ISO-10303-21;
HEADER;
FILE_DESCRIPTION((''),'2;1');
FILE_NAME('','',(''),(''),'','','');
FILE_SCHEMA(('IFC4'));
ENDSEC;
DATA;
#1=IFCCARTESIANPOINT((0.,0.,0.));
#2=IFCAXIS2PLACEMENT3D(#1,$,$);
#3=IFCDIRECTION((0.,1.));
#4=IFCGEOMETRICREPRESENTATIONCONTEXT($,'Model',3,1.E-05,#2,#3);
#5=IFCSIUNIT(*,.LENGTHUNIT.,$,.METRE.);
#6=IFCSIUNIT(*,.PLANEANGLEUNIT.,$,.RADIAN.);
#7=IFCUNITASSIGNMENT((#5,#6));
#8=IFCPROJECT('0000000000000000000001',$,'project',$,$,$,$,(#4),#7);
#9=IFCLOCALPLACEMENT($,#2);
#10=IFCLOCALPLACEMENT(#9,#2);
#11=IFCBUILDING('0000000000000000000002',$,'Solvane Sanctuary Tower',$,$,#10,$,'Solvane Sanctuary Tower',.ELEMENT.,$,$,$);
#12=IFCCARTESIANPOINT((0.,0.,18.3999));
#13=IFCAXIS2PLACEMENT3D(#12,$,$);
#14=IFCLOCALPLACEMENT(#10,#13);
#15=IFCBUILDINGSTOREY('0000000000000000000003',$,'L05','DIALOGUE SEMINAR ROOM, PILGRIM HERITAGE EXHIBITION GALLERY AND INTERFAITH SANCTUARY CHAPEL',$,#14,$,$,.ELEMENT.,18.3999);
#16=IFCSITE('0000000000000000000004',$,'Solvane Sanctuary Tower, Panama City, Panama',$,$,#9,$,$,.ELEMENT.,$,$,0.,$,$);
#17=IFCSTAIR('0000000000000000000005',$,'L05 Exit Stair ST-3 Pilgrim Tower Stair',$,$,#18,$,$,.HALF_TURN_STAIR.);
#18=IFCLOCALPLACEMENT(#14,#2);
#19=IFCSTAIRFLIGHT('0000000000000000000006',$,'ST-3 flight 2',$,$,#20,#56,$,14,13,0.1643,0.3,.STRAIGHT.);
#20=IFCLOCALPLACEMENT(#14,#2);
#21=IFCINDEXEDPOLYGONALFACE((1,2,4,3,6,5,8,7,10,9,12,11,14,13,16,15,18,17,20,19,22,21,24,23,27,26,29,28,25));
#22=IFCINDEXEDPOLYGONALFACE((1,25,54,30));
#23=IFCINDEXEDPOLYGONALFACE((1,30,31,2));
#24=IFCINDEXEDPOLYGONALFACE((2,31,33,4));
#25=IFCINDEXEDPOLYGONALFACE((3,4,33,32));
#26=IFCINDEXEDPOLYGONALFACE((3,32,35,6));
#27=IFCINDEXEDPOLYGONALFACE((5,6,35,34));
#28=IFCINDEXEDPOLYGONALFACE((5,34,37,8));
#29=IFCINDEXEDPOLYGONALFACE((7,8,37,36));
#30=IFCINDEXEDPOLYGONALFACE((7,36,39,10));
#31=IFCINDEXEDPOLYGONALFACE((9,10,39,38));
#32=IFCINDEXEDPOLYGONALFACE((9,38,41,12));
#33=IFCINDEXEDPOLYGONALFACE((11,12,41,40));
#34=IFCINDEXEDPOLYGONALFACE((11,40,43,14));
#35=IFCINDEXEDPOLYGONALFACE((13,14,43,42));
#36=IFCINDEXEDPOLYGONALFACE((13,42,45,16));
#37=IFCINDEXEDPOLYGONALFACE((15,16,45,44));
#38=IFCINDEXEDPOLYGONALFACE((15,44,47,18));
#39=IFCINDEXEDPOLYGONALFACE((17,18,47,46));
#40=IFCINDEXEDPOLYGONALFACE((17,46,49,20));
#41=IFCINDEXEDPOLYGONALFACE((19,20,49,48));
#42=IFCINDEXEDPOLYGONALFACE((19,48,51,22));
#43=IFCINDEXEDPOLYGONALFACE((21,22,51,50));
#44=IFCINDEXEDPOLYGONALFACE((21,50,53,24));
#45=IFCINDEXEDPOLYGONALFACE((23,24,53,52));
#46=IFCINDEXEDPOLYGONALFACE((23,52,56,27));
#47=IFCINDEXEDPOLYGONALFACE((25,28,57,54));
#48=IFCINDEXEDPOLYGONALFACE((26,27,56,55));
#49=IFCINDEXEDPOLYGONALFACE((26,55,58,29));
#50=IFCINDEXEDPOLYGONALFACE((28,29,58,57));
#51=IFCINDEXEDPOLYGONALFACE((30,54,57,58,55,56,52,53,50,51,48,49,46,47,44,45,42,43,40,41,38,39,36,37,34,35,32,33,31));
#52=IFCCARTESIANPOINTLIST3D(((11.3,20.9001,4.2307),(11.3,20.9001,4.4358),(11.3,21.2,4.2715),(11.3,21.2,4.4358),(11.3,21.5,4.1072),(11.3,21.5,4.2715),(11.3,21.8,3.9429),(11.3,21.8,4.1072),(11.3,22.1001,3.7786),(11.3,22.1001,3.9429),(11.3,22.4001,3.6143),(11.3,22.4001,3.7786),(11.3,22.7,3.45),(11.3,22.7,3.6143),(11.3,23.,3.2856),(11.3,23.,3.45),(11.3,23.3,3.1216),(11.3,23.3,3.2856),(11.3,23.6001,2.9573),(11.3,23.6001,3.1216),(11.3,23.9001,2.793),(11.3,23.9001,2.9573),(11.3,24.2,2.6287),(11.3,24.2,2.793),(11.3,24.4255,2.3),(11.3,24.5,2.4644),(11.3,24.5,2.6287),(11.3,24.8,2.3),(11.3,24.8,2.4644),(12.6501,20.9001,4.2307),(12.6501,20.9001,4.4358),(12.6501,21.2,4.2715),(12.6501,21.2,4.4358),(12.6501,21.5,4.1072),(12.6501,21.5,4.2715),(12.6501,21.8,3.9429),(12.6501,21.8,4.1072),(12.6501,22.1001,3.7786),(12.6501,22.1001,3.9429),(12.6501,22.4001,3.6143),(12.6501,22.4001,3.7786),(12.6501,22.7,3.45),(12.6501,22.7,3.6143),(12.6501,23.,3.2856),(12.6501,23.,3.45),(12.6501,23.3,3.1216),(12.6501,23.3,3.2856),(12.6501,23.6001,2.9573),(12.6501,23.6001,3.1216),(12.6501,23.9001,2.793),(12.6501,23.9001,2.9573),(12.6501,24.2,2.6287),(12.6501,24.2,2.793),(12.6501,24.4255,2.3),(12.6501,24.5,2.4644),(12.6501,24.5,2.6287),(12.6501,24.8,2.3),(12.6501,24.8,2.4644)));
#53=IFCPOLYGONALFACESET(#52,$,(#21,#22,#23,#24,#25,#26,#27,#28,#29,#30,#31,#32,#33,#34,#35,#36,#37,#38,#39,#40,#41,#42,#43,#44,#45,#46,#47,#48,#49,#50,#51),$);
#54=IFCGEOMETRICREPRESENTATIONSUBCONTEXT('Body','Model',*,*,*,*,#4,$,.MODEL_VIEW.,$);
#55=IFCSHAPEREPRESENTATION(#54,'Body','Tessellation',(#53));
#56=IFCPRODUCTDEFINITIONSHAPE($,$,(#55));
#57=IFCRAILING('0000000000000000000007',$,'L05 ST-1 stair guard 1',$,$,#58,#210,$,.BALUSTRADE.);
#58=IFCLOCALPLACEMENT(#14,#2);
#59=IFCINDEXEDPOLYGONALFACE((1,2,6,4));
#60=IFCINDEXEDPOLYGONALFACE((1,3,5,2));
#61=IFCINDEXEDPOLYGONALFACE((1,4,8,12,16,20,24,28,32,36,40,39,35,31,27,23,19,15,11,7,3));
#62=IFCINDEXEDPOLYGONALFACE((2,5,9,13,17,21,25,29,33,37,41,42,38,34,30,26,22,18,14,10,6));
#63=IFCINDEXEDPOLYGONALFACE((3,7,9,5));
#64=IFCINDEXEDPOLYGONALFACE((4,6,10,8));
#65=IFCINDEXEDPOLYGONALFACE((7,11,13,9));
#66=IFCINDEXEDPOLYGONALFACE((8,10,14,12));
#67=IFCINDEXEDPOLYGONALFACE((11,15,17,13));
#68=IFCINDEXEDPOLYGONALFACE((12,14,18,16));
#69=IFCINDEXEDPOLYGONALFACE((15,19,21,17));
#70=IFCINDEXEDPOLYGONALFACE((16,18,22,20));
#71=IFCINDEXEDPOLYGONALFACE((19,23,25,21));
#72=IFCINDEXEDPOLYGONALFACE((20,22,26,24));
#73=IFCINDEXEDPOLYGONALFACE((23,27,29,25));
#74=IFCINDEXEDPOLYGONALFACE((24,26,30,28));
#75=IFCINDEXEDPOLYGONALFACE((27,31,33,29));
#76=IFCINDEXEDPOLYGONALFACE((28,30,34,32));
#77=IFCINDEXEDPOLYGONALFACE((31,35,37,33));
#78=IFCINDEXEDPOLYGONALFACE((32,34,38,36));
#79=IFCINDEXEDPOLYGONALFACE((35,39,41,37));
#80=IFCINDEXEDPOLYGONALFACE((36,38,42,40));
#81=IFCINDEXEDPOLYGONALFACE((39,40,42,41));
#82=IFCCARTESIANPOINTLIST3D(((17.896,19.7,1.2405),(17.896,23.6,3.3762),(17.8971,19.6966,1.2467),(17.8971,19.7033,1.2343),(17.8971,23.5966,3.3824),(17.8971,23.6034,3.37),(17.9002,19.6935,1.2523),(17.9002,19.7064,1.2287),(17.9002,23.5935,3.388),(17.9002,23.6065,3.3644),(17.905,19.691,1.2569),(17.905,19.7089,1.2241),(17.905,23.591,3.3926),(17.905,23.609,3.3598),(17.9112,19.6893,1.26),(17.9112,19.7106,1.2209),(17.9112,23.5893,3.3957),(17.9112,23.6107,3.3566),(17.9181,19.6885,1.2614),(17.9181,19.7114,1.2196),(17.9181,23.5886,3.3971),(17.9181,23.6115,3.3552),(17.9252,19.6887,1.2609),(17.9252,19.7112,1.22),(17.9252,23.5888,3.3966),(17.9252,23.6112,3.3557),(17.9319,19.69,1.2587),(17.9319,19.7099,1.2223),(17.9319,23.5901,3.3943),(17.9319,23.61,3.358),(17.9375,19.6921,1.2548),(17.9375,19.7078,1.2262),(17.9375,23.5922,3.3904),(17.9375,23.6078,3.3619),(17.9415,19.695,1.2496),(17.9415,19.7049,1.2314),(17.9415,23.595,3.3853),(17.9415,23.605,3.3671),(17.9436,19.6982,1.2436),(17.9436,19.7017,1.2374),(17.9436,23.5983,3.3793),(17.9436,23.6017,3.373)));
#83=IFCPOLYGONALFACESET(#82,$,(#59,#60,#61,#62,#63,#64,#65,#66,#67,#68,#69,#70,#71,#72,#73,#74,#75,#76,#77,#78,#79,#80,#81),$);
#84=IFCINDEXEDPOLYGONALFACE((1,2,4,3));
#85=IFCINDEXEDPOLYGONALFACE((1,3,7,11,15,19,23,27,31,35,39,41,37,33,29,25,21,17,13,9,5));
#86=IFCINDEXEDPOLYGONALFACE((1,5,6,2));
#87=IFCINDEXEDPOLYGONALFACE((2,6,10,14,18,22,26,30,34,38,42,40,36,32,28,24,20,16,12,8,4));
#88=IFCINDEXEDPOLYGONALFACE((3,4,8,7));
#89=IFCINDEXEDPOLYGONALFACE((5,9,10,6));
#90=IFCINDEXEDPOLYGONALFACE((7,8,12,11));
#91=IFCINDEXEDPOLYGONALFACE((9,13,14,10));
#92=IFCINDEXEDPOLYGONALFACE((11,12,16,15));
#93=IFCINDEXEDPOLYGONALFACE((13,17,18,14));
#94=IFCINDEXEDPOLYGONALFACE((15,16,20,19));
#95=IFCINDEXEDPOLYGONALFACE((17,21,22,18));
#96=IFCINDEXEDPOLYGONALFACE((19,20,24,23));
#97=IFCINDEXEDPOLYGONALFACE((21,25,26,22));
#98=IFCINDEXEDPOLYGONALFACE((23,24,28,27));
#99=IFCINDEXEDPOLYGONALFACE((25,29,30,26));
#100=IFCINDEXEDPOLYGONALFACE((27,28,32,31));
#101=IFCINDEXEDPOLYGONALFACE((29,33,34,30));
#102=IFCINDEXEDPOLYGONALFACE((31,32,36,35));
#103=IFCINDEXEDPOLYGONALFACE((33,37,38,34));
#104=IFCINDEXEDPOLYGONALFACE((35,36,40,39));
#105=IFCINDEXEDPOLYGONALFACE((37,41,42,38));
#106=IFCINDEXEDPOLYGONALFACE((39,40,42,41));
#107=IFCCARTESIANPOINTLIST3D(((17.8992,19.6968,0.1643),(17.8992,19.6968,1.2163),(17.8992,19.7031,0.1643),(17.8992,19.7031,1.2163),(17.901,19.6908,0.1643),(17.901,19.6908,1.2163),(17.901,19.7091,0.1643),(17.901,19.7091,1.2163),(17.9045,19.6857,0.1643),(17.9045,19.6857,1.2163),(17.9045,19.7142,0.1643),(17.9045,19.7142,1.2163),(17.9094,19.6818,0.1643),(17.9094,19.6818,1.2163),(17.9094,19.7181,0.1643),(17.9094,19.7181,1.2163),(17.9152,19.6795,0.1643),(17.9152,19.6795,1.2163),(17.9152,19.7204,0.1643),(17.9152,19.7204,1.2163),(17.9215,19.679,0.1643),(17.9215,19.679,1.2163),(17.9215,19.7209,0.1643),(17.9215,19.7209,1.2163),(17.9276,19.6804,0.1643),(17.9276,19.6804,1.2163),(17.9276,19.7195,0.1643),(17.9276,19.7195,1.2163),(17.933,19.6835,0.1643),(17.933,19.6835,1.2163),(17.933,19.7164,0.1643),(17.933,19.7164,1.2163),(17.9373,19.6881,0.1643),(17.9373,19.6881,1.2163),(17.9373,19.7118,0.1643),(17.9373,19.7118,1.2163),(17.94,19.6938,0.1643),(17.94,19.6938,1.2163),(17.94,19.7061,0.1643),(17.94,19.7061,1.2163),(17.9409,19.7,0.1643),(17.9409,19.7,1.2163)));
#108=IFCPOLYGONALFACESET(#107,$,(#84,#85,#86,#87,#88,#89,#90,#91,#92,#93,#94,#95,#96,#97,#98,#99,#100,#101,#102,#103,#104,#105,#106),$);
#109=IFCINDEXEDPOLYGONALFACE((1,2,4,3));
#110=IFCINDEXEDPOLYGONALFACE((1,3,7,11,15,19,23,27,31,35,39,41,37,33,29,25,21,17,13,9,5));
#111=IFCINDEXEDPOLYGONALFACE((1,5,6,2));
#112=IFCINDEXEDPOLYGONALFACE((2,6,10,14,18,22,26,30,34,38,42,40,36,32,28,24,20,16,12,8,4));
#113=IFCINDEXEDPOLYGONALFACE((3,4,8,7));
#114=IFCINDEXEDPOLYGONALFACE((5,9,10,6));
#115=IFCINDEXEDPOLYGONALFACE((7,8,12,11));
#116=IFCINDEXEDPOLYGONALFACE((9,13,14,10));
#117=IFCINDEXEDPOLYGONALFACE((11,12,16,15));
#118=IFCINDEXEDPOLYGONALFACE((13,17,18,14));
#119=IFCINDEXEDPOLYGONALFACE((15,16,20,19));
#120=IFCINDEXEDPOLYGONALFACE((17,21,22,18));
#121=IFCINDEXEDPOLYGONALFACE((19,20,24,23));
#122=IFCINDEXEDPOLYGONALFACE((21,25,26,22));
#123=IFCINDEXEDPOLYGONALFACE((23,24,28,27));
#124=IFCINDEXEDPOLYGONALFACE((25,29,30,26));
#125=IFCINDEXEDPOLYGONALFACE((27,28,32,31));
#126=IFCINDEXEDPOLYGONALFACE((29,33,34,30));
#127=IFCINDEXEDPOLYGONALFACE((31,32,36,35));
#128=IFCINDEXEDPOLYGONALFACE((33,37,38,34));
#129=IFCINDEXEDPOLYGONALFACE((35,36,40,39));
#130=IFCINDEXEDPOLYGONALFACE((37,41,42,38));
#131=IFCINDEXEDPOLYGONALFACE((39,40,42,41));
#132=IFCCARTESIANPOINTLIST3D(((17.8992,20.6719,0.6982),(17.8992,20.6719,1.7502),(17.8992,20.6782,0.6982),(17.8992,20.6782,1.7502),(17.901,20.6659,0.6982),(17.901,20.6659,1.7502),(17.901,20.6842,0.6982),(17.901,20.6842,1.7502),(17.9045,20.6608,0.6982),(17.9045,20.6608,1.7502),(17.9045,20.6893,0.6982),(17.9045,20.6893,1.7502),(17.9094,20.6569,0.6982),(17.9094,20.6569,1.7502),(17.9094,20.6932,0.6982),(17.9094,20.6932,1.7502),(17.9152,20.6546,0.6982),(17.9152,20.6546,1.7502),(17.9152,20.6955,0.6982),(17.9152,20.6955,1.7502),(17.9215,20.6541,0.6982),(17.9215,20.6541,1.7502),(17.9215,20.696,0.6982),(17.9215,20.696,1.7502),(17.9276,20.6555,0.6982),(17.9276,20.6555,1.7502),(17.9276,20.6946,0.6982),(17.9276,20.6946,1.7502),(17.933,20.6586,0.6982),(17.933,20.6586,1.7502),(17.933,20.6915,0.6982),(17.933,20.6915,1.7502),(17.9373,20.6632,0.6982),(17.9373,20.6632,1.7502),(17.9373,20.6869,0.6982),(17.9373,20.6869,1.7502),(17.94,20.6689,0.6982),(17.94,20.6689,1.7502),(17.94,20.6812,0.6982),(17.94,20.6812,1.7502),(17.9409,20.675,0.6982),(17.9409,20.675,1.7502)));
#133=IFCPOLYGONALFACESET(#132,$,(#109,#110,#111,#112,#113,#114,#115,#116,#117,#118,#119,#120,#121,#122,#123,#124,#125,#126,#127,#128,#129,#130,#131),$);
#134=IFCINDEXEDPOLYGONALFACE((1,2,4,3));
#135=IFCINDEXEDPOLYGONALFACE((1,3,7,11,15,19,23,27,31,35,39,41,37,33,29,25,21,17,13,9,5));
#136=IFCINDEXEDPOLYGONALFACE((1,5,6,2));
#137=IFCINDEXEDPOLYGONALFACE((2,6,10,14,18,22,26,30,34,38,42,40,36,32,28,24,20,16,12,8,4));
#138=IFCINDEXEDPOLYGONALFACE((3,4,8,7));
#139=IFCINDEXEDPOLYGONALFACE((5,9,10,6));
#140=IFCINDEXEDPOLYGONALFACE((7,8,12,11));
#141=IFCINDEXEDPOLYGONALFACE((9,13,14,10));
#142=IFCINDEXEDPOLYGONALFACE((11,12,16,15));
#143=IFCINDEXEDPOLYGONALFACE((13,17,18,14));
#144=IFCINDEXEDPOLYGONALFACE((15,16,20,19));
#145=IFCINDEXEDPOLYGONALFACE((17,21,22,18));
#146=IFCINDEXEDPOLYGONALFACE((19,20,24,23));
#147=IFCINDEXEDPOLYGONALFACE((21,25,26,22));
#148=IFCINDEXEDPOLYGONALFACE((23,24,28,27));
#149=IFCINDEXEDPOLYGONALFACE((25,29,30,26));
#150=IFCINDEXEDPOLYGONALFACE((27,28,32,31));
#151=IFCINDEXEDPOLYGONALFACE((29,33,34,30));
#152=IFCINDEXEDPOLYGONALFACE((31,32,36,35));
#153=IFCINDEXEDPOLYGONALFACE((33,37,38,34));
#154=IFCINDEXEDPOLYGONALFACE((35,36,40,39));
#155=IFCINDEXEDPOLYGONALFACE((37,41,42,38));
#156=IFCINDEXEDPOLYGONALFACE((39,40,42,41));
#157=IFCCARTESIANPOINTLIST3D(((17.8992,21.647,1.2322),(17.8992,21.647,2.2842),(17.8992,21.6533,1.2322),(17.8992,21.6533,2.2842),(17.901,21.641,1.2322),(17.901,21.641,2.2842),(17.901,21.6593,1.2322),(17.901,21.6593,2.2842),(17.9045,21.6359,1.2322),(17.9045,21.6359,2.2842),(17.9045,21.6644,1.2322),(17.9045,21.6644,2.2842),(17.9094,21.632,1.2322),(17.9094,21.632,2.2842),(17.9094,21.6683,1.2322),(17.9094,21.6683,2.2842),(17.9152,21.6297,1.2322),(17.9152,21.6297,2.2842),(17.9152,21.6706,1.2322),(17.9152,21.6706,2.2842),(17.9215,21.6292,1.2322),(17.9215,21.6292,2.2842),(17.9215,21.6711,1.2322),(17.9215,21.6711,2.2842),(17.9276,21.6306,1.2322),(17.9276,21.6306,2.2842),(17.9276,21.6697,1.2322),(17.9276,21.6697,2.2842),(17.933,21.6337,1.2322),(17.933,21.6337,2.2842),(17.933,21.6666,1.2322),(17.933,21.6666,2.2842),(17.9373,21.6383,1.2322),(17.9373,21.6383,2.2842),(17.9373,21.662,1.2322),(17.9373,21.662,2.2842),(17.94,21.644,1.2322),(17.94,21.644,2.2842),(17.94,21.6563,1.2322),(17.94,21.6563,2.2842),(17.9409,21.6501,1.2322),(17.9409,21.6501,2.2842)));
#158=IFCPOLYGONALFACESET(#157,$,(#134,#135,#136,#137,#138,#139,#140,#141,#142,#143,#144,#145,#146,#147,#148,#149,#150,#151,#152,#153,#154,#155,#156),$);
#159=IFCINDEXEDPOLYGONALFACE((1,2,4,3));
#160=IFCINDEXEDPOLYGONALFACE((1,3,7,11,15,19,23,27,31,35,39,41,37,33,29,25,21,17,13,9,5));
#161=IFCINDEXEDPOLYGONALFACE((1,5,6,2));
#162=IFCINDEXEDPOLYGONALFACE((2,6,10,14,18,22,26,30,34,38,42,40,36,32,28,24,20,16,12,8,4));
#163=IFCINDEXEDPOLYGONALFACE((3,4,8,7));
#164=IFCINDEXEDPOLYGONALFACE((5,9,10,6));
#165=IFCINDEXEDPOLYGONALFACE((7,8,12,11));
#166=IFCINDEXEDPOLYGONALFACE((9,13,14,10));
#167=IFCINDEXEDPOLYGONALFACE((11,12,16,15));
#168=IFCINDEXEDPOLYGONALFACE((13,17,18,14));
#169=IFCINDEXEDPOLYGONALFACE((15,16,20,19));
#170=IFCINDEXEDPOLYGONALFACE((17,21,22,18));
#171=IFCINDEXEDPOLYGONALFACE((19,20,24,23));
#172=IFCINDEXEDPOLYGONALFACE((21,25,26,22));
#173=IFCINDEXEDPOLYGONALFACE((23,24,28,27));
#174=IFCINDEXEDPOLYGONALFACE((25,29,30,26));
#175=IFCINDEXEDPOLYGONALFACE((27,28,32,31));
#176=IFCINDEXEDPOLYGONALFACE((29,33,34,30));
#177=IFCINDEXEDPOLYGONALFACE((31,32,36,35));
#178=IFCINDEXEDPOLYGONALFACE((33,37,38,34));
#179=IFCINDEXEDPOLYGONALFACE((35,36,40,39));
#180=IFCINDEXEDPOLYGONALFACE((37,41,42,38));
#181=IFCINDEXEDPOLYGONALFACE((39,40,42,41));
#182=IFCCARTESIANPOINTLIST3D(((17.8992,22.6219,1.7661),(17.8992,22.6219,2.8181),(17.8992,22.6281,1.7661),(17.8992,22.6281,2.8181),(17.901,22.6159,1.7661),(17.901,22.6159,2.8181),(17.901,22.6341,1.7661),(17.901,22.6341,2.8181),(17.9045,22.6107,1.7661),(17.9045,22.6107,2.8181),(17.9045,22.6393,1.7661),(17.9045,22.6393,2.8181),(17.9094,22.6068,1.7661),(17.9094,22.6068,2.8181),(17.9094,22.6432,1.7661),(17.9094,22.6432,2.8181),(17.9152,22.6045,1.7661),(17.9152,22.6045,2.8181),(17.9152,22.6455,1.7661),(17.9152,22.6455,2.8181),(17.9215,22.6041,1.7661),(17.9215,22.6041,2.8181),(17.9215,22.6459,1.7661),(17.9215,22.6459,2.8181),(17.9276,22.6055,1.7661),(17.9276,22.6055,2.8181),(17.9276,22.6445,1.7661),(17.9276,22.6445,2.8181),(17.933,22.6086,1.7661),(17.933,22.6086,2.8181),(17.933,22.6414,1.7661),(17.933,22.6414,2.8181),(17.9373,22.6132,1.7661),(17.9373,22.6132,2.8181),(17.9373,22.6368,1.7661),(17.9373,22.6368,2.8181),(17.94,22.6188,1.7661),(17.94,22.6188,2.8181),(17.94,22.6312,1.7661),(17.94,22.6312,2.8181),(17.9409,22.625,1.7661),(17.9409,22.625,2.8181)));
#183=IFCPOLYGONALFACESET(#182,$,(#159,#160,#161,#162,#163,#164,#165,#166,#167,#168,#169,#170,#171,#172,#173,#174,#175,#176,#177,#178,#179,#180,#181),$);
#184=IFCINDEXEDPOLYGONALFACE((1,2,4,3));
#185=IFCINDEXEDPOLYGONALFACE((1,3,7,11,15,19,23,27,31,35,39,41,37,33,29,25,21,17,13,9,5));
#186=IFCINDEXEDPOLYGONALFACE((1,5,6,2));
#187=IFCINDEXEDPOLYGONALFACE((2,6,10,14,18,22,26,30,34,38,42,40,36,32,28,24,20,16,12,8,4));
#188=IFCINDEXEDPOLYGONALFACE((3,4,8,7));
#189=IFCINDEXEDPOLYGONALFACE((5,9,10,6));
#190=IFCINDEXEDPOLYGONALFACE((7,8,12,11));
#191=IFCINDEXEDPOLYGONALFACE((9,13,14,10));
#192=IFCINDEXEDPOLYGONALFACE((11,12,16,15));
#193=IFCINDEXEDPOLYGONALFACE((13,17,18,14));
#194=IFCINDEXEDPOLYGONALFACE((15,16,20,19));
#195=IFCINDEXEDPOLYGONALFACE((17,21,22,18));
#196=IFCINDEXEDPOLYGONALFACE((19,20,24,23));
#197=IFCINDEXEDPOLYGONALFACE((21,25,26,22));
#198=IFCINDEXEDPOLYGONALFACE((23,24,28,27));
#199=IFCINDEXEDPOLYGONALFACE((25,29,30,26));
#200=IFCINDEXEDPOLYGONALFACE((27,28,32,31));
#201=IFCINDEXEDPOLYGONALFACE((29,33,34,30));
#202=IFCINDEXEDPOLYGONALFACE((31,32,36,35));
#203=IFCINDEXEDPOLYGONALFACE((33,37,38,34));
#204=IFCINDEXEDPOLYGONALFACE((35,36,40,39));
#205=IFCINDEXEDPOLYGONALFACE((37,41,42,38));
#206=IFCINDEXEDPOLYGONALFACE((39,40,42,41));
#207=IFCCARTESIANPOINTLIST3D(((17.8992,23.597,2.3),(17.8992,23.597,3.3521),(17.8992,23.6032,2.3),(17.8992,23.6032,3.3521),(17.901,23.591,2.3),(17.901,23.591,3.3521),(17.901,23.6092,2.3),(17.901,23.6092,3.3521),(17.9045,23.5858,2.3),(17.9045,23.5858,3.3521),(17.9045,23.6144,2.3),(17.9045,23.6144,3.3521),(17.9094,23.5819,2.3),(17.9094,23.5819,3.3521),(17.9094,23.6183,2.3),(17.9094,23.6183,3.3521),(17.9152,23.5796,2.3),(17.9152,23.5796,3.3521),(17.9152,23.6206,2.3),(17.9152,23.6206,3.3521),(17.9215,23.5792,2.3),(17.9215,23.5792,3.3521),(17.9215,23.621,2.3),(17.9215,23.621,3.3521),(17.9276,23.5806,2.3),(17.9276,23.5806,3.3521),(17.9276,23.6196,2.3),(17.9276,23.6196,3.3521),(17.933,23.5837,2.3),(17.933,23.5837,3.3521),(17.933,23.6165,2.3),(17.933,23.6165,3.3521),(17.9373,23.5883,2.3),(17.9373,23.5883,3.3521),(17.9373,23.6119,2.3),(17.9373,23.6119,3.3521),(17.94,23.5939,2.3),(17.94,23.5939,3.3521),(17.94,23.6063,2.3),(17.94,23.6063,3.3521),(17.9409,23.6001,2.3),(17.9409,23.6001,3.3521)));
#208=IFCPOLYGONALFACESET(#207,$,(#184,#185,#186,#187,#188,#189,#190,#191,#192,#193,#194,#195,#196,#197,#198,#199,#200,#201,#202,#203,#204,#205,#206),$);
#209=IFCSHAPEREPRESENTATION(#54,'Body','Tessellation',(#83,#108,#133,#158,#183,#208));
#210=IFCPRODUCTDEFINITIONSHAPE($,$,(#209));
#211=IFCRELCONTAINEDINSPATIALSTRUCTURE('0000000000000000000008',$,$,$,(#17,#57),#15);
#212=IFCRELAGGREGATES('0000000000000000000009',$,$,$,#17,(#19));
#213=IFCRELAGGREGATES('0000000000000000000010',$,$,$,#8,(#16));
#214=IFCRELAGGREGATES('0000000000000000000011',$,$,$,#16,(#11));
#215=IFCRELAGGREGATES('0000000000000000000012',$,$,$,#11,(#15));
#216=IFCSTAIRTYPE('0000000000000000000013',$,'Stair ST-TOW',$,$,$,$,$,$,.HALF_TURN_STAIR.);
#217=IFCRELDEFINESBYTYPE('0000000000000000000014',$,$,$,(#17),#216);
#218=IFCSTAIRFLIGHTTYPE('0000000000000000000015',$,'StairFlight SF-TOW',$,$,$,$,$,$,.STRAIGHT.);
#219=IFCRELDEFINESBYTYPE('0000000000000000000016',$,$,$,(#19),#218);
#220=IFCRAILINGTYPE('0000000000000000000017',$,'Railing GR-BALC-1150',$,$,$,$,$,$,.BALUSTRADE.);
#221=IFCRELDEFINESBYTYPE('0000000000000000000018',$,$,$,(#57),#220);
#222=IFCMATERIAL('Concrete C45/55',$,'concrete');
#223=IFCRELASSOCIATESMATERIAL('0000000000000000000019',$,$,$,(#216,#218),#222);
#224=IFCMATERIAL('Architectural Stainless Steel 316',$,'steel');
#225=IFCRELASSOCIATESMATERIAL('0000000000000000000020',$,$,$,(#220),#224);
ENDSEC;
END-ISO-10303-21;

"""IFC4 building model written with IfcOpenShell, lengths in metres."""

from ifc_helpers import new_model, si_unit, direction, frame, origin, origin_2d, place, context, subcontext, project, spatial, polyline, circle, outline, extrude, material, type_object, element, aggregate, save


model = new_model("IFC4")

# Units and contexts
model_context = context("Model", 3, precision=1e-05, world=origin(), true_north=direction((0.0, 1.0)))
body_context = subcontext(model_context, "Body", "Model", "MODEL_VIEW")
ifc_project = project(units=[si_unit("LENGTHUNIT", "METRE"), si_unit("PLANEANGLEUNIT", "RADIAN")], contexts=[model_context])

# Site, building, storey
site_placement = place(None, origin())
site = spatial("IfcSite", under=ifc_project, at=site_placement, Name="Solvane Sanctuary Tower, Panama City, Panama", CompositionType="ELEMENT", RefElevation=0.0)
building_placement = place(site_placement, origin())
building = spatial("IfcBuilding", under=site, at=building_placement, Name="Solvane Sanctuary Tower", LongName="Solvane Sanctuary Tower", CompositionType="ELEMENT")
storey_placement = place(building_placement, frame((0.0, 0.0, 18.3999)))
storey = spatial("IfcBuildingStorey", under=building, at=storey_placement, Name="L05", Description="DIALOGUE SEMINAR ROOM, PILGRIM HERITAGE EXHIBITION GALLERY AND INTERFAITH SANCTUARY CHAPEL", CompositionType="ELEMENT", Elevation=18.3999)

# Stair, stair flight
ifc_material_1 = material(Name="Concrete C45/55", Category="concrete")
stair_type = type_object("IfcStairType", Name="Stair ST-TOW", PredefinedType="HALF_TURN_STAIR", material=ifc_material_1)
stair_flight_type = type_object("IfcStairFlightType", Name="StairFlight SF-TOW", PredefinedType="STRAIGHT", material=ifc_material_1)
stair_1_placement = place(storey_placement, origin())
stair_1 = element("IfcStair", 1, at=stair_1_placement, inside=storey, type_object=stair_type, Name="L05 Exit Stair ST-3 Pilgrim Tower Stair", PredefinedType="HALF_TURN_STAIR")
stair_flight_1_placement = place(storey_placement, frame((11.9751, 24.8, 2.3), z_axis=(0.0, 0.0, 1.0), x_axis=(0.0, -1.0, 0.0)))
stair_flight_1 = element("IfcStairFlight", 2, at=stair_flight_1_placement, type_object=stair_flight_type, Name="ST-3 flight 2", NumberOfRisers=14, NumberOfTreads=13, PredefinedType="STRAIGHT", RiserHeight=0.1643, TreadLength=0.3, context=body_context, shape_type="SweptSolid", body=[
    extrude(outline(polyline([(0.0, 0.0), (0.0, 0.1643), (0.3, 0.1643), (0.3, 0.3286), (0.6001, 0.3286), (0.6001, 0.4929), (0.8999, 0.4929), (0.8999, 0.6572), (1.2, 0.6572), (1.2, 0.8215), (1.5, 0.8215), (1.5, 0.9856), (1.8, 0.9856), (1.8, 1.1499), (2.1001, 1.1499), (2.1001, 1.3142), (2.3999, 1.3142), (2.3999, 1.4785), (2.7, 1.4785), (2.7, 1.6428), (3.0, 1.6428), (3.0, 1.8071), (3.3, 1.8071), (3.3, 1.9714), (3.6001, 1.9714), (3.6001, 2.1357), (3.8999, 2.1357), (3.8999, 2.3), (3.8999, 1.9307), (0.3745, 0.0), (0.0, 0.0)])), frame((0.0, 0.675, 0.0), z_axis=(0.0, -1.0, 0.0), x_axis=(1.0, 0.0, 0.0)), (0.0, 0.0, 1.0), 1.3501),
])
aggregate(stair_1, [stair_flight_1])

# Railing
ifc_material_2 = material(Name="Architectural Stainless Steel 316", Category="steel")
railing_type_1 = type_object("IfcRailingType", Name="Railing GR-BALC-1150", PredefinedType="BALUSTRADE", material=ifc_material_2)
railing_1_placement = place(storey_placement, frame((17.9199, 19.7, 0.1643)))
element("IfcRailing", 3, at=railing_1_placement, inside=storey, type_object=railing_type_1, Name="L05 ST-1 stair guard 1", PredefinedType="BALUSTRADE", context=body_context, shape_type="SweptSolid", body=[
    extrude(circle(Radius=0.0239, at=origin_2d()), frame((0.0, 0.0, 1.0762), z_axis=(0.0, 0.877101, 0.480306), x_axis=(-1.0, 0.0, 0.0)), (0.0, 0.0, 1.0), 4.4465),
    extrude(circle(Radius=0.021, at=origin_2d()), origin(), (0.0, 0.0, 1.0), 1.052),
    extrude(circle(Radius=0.021, at=origin_2d()), frame((0.0, 0.9751, 0.5339)), (0.0, 0.0, 1.0), 1.052),
    extrude(circle(Radius=0.021, at=origin_2d()), frame((0.0, 1.9502, 1.0679)), (0.0, 0.0, 1.0), 1.052),
    extrude(circle(Radius=0.021, at=origin_2d()), frame((0.0, 2.925, 1.6018)), (0.0, 0.0, 1.0), 1.052),
    extrude(circle(Radius=0.021, at=origin_2d()), frame((0.0, 3.9001, 2.1357)), (0.0, 0.0, 1.0), 1.052),
])

save(model, "model.ifc")
